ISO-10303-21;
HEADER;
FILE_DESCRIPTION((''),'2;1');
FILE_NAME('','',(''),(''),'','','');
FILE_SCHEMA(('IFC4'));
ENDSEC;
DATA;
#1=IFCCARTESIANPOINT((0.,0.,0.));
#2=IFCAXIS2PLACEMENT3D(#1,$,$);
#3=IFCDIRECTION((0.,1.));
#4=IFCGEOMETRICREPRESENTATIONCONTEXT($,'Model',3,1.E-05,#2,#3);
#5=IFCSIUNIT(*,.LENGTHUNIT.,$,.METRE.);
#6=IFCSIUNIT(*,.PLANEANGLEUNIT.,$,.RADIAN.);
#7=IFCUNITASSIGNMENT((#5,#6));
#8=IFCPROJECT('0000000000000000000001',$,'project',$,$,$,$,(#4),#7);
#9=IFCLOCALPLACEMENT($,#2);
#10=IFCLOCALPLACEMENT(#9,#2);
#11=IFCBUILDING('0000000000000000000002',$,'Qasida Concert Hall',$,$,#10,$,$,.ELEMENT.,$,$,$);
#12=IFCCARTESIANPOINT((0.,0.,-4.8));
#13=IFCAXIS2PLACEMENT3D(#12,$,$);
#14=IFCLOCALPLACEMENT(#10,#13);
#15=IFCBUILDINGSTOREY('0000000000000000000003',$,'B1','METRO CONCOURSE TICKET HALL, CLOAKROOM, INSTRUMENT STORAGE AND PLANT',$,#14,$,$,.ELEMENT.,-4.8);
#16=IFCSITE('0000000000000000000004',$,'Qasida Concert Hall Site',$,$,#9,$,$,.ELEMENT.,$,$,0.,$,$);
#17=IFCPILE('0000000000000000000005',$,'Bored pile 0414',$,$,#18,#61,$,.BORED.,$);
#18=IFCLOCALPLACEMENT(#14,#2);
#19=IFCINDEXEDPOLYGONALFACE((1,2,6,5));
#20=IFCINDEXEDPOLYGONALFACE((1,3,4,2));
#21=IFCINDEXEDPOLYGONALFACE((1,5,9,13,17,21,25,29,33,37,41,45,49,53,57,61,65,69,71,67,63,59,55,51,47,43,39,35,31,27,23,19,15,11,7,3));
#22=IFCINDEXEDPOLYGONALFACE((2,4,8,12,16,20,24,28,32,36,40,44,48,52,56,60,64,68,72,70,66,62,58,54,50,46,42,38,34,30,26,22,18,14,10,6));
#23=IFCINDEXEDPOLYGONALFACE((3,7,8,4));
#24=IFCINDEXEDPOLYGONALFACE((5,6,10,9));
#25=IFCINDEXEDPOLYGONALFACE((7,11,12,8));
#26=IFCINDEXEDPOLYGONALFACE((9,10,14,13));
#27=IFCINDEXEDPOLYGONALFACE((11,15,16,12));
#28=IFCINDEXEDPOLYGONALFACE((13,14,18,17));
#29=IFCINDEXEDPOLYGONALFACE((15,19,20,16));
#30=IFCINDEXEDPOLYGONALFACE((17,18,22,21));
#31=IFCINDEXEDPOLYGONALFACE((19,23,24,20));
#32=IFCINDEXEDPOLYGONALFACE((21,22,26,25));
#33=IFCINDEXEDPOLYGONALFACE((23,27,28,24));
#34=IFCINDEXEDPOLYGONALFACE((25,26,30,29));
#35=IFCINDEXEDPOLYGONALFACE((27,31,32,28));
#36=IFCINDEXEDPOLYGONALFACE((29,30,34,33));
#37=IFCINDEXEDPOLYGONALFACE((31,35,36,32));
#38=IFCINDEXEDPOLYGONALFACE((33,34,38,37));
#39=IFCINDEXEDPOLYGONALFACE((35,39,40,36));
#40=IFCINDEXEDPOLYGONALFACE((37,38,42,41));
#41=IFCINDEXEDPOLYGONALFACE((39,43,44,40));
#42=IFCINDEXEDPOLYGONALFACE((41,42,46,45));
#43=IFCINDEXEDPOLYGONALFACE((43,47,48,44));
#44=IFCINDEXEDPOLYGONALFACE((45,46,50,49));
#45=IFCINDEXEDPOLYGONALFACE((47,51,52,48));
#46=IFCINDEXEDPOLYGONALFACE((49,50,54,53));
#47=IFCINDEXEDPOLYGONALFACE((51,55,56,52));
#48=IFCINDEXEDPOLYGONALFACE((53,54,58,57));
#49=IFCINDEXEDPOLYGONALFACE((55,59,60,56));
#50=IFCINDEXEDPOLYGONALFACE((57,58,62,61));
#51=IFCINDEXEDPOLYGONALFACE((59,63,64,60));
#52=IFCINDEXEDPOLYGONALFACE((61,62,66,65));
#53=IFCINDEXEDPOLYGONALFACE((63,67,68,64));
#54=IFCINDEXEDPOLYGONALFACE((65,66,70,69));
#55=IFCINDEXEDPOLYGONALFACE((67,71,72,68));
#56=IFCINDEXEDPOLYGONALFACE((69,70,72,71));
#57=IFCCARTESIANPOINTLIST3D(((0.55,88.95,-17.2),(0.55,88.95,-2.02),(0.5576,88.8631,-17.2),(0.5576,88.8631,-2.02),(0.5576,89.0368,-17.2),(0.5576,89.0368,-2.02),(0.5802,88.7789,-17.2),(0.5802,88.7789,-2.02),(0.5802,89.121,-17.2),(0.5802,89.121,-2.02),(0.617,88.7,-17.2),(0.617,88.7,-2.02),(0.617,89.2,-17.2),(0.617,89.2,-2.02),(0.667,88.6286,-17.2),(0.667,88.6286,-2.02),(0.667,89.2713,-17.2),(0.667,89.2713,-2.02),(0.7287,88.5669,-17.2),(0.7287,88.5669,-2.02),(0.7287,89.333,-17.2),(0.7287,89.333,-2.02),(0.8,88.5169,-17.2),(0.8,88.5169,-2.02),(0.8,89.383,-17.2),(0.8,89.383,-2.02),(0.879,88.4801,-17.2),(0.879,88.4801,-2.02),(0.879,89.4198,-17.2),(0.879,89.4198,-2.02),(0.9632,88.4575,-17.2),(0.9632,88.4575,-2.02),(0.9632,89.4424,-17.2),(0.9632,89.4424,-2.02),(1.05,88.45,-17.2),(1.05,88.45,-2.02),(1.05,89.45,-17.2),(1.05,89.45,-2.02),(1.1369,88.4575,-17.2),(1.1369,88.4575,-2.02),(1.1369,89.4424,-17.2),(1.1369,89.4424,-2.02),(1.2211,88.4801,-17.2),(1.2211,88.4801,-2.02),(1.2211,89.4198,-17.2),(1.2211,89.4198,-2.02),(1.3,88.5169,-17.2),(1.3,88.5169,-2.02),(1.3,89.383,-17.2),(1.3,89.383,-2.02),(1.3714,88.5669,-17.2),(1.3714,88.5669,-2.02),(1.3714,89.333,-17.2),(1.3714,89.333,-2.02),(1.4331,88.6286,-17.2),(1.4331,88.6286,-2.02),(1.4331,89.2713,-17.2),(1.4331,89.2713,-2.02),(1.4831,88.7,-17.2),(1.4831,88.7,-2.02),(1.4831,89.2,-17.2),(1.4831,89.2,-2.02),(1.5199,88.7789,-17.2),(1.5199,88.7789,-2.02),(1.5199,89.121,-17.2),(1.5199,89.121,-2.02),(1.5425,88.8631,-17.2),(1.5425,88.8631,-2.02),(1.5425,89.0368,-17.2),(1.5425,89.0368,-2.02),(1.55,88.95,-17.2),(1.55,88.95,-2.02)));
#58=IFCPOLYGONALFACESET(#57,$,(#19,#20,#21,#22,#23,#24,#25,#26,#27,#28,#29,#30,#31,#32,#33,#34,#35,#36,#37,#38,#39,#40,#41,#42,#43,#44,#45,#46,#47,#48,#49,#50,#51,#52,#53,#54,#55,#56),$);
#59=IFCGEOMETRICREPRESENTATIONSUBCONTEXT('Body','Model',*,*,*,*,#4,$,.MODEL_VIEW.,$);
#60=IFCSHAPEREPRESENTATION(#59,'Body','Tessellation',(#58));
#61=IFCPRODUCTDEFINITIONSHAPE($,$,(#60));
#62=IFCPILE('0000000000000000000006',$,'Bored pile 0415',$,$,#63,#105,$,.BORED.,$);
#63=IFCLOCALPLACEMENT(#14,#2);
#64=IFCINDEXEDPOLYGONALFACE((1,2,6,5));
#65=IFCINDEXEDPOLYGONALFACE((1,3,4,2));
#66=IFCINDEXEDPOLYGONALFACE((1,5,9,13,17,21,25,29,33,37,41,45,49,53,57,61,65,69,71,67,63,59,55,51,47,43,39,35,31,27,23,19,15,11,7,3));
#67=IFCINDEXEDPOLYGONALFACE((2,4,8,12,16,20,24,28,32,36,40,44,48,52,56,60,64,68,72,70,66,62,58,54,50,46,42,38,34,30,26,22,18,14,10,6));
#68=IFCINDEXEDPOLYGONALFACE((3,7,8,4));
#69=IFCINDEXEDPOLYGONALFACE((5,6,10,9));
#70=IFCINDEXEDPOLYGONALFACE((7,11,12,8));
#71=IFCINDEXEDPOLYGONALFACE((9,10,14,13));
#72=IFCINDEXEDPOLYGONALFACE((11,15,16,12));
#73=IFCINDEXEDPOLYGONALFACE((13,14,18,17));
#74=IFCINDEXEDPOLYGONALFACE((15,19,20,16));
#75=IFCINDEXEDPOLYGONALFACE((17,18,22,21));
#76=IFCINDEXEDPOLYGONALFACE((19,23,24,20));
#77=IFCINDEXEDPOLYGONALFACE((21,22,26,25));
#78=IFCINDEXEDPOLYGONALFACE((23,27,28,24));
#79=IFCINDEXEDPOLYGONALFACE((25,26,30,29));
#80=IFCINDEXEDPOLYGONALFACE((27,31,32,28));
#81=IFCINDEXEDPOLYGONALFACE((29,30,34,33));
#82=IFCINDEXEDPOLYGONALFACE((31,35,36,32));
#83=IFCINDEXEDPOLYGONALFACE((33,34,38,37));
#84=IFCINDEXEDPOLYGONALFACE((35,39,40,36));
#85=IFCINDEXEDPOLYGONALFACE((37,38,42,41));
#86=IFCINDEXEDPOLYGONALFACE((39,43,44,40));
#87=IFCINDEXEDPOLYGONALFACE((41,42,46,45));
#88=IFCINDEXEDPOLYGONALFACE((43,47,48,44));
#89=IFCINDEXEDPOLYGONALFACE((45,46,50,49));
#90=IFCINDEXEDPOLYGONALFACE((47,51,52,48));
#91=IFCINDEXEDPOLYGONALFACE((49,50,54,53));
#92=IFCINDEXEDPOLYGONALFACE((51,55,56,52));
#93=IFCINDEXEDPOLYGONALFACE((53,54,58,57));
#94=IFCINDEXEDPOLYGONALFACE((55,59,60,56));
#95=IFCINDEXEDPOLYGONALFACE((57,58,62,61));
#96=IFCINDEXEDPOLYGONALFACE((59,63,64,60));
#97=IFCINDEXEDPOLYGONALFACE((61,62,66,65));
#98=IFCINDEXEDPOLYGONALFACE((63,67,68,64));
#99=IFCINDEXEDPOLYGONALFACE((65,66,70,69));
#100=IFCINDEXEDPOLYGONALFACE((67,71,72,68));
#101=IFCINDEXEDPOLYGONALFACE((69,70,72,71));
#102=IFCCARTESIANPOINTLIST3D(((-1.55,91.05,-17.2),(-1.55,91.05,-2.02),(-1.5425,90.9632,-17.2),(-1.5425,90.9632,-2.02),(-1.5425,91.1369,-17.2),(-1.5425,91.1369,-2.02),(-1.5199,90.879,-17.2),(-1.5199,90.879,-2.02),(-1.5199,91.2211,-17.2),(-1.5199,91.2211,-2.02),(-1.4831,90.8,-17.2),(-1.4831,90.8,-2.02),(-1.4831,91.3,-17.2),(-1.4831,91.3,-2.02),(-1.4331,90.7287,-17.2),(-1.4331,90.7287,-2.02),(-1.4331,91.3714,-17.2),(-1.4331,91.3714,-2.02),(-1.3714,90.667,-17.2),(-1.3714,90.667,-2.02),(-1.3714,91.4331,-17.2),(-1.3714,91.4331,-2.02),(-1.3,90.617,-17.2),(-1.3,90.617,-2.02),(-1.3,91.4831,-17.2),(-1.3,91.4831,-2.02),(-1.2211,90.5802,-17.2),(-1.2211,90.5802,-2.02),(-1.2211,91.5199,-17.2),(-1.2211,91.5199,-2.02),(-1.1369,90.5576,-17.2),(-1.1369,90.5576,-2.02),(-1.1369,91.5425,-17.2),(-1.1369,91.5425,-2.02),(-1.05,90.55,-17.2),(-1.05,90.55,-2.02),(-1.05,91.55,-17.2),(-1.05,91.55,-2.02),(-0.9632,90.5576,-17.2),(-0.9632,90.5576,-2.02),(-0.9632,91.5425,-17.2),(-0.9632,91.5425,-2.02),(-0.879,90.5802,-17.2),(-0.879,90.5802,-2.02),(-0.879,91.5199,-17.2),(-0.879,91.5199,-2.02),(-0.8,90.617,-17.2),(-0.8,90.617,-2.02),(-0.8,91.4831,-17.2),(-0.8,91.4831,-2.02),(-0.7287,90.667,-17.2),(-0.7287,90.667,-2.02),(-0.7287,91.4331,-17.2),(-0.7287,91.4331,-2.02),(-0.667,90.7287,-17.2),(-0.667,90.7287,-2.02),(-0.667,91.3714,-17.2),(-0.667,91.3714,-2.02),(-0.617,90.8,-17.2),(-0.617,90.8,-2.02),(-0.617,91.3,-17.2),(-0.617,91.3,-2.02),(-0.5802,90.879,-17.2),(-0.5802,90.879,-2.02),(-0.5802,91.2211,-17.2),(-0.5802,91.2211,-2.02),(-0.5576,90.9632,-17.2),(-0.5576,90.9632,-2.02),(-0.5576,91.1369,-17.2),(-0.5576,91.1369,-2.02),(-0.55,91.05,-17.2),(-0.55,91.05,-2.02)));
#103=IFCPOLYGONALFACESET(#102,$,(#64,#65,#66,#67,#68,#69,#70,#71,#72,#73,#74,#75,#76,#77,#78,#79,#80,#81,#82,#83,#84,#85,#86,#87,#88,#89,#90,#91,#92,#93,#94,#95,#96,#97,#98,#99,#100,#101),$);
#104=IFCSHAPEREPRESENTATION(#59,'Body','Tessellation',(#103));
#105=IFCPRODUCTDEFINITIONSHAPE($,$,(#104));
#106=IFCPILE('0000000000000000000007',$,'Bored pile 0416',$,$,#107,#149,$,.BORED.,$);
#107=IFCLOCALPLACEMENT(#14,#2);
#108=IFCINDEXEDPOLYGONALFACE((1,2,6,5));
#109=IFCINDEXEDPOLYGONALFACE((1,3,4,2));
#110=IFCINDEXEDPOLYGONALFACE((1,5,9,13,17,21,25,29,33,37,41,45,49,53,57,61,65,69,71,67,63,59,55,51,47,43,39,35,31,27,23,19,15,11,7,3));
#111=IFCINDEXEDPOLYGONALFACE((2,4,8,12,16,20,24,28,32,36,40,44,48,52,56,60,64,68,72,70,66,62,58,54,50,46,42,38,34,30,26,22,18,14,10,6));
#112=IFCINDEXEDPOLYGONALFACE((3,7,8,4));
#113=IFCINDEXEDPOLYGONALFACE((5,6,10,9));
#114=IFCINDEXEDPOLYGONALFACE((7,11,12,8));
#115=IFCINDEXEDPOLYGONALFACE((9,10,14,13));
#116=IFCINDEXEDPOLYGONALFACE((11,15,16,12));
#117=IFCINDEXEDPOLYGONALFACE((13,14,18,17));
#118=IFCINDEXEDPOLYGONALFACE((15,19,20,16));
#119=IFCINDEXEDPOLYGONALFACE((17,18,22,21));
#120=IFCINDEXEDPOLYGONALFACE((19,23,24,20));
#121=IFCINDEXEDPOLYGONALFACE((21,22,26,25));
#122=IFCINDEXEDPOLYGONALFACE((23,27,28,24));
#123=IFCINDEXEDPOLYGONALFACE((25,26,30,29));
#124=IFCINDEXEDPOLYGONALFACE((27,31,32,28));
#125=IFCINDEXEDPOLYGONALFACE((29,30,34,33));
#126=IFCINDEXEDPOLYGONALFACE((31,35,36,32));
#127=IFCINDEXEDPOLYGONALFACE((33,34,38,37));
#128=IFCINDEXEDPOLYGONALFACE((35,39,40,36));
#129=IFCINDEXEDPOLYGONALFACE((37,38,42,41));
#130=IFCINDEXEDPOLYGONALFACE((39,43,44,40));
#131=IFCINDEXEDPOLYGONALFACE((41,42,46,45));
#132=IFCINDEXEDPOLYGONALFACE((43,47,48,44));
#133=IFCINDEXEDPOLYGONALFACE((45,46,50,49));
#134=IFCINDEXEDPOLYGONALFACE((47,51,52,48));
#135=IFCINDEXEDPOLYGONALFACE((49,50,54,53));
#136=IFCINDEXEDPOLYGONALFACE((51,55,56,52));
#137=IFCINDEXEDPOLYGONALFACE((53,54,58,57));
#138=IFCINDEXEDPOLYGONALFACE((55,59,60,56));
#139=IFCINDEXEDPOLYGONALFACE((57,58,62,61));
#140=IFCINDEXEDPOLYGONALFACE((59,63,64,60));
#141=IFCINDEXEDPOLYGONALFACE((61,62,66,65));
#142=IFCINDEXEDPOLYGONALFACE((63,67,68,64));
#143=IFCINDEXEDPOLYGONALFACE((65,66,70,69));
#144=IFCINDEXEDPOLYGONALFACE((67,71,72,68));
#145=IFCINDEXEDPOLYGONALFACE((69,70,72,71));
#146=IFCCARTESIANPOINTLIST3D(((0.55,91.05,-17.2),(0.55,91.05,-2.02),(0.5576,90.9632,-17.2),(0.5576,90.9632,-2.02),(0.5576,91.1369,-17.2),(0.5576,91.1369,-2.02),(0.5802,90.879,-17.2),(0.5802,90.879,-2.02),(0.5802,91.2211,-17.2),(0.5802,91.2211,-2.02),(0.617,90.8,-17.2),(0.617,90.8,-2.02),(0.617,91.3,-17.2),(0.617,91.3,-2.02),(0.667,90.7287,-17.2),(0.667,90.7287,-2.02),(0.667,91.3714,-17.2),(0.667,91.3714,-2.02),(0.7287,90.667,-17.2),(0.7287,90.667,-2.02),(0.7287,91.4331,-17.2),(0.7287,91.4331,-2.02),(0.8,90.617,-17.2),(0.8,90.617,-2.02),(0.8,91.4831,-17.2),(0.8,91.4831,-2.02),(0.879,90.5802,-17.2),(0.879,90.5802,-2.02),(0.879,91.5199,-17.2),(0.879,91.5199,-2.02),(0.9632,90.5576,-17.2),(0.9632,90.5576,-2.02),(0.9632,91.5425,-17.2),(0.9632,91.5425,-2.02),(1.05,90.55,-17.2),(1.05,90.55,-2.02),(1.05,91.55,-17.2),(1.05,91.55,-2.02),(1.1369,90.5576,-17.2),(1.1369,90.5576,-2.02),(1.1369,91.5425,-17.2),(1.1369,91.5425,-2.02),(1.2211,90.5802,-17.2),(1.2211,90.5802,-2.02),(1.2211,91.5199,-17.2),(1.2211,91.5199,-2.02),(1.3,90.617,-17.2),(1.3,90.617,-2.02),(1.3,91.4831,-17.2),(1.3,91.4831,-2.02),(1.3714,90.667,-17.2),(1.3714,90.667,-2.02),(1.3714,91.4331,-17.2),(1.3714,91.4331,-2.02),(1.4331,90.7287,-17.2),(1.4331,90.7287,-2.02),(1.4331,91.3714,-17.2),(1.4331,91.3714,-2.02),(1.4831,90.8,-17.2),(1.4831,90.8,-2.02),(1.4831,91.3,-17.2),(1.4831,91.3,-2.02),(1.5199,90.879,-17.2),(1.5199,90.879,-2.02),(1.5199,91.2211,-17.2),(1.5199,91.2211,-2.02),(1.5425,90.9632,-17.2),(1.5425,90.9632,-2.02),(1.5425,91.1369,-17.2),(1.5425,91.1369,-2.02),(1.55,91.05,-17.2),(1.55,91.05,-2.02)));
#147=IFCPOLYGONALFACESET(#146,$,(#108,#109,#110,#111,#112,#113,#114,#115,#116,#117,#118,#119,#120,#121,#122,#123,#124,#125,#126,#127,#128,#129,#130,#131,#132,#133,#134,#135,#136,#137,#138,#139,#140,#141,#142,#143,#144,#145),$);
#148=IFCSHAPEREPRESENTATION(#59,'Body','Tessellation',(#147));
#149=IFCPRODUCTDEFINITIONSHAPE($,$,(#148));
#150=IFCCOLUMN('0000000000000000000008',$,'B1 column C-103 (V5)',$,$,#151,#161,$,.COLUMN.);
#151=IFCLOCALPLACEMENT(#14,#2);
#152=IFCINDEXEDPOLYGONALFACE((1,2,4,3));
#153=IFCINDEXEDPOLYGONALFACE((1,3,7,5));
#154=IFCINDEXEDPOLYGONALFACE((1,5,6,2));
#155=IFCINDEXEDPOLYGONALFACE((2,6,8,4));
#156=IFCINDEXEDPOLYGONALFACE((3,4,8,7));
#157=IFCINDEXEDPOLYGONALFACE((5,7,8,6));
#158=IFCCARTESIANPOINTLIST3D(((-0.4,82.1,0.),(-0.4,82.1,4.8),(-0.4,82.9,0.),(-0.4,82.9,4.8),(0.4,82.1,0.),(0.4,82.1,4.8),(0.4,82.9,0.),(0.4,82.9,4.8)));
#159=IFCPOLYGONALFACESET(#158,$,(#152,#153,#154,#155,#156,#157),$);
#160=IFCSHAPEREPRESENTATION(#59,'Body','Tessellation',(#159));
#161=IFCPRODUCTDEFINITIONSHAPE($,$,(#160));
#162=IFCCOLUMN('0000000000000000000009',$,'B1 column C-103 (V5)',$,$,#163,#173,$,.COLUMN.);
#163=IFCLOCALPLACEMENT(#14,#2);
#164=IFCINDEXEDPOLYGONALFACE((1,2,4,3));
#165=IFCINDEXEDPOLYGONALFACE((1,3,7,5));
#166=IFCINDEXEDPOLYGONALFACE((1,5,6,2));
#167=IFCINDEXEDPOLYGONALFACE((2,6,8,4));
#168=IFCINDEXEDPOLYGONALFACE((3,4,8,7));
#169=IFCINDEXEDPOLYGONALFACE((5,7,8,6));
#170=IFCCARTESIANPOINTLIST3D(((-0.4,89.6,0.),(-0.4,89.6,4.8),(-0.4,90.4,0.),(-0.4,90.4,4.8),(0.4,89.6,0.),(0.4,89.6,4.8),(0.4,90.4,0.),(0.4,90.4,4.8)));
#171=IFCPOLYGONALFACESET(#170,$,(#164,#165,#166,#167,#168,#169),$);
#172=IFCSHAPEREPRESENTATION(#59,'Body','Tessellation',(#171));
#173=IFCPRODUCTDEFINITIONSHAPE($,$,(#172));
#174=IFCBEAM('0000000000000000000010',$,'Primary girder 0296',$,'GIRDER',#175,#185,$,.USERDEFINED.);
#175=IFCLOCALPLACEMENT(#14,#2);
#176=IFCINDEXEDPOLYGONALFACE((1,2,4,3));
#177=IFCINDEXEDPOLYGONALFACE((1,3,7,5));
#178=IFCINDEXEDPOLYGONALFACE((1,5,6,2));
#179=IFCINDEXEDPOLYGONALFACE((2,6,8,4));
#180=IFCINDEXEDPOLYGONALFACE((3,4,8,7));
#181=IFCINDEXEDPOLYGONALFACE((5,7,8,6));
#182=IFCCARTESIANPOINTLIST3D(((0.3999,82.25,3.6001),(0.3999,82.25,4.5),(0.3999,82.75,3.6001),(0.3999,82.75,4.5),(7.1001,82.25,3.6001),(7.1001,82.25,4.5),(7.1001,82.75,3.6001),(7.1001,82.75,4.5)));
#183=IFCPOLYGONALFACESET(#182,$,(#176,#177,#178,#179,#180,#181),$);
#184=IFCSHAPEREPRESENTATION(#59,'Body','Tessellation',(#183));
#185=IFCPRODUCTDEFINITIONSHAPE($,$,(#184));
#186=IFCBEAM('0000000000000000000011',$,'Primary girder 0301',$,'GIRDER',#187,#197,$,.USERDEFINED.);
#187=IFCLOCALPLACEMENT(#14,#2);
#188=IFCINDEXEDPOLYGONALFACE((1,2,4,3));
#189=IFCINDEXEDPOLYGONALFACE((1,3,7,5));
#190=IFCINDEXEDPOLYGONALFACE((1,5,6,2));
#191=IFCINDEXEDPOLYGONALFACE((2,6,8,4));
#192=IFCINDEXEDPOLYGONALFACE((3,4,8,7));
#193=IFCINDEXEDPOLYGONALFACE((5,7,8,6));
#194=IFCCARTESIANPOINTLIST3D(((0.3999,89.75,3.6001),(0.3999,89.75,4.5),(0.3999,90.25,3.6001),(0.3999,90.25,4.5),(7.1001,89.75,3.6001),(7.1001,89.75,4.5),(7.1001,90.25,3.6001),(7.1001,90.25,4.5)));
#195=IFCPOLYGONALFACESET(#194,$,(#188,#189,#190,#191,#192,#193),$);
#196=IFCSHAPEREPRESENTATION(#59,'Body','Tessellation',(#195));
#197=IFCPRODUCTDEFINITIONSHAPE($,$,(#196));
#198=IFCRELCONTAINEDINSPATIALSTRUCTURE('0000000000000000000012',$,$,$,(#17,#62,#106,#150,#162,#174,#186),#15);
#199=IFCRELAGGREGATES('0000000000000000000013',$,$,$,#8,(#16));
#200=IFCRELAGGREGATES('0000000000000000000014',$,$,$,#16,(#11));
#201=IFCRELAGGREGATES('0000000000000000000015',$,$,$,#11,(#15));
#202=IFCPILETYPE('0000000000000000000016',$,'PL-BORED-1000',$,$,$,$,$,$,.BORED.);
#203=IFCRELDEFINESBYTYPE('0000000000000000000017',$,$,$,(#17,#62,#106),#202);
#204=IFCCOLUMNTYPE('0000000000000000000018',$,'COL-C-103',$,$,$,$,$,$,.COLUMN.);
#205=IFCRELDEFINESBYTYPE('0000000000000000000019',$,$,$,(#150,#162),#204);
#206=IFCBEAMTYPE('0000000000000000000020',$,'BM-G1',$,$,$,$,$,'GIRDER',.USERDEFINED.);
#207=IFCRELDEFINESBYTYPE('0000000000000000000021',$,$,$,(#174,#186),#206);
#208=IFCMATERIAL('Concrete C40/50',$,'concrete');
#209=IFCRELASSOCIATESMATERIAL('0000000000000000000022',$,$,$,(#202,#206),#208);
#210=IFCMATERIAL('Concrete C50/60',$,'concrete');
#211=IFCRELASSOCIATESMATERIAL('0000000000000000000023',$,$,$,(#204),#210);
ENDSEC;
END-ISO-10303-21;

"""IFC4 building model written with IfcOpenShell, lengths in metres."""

from ifc_helpers import new_model, si_unit, direction, frame, origin, origin_2d, place, context, subcontext, project, spatial, rectangle, circle, extrude, material, material_profile, profile_set, type_object, element, save


model = new_model("IFC4")

# Units and contexts
model_context = context("Model", 3, precision=1e-05, world=origin(), true_north=direction((0.0, 1.0)))
body_context = subcontext(model_context, "Body", "Model", "MODEL_VIEW")
ifc_project = project(units=[si_unit("LENGTHUNIT", "METRE"), si_unit("PLANEANGLEUNIT", "RADIAN")], contexts=[model_context])

# Site, building, storey
site_placement = place(None, origin())
site = spatial("IfcSite", under=ifc_project, at=site_placement, Name="Qasida Concert Hall Site", CompositionType="ELEMENT", RefElevation=0.0)
building_placement = place(site_placement, origin())
building = spatial("IfcBuilding", under=site, at=building_placement, Name="Qasida Concert Hall", CompositionType="ELEMENT")
storey_placement = place(building_placement, frame((0.0, 0.0, -4.8)))
storey = spatial("IfcBuildingStorey", under=building, at=storey_placement, Name="B1", Description="METRO CONCOURSE TICKET HALL, CLOAKROOM, INSTRUMENT STORAGE AND PLANT", CompositionType="ELEMENT", Elevation=-4.8)

# Shared definitions
ifc_material_1 = material(Name="Concrete C40/50", Category="concrete")

# Piles
ifc_material_profile_1 = material_profile(ifc_material_1, circle(Radius=0.5, at=origin_2d()), Name="BORED PILE D1000")
ifc_profile_set_1 = profile_set([ifc_material_profile_1], Name="Concrete C40/50")
pile_type = type_object("IfcPileType", Name="PL-BORED-1000", PredefinedType="BORED", material=ifc_profile_set_1)
for number, where, z_axis, x_axis, name in (
    (1, (1.05, 88.95, -2.02), (0.0, 0.0, -1.0), (1.0, 0.0, 0.0), "Bored pile 0414"),
    (2, (-1.05, 91.05, -2.02), (0.0, 0.0, -1.0), (1.0, 0.0, 0.0), "Bored pile 0415"),
    (3, (1.05, 91.05, -2.02), (0.0, 0.0, -1.0), (1.0, 0.0, 0.0), "Bored pile 0416"),
):
    element("IfcPile", number, at=place(storey_placement, frame(where, z_axis=z_axis, x_axis=x_axis)), inside=storey, type_object=pile_type, Name=name, PredefinedType="BORED", context=body_context, shape_type="SweptSolid", body=[
        extrude(circle(Radius=0.5, at=origin_2d()), origin(), (0.0, 0.0, 1.0), 15.1799),
    ])

# Columns
ifc_material_2 = material(Name="Concrete C50/60", Category="concrete")
ifc_material_profile_2 = material_profile(ifc_material_2, rectangle(XDim=0.8, YDim=0.8, at=origin_2d()), Name="RC 800x800")
ifc_profile_set_2 = profile_set([ifc_material_profile_2], Name="Concrete C50/60")
column_type = type_object("IfcColumnType", Name="COL-C-103", PredefinedType="COLUMN", material=ifc_profile_set_2)
for number, where, z_axis, x_axis, name in (
    (4, (0.0, 82.5, 0.0), (0.0, 0.0, 1.0), (1.0, 0.0, 0.0), "B1 column C-103 (V5)"),
    (5, (0.0, 90.0, 0.0), (0.0, 0.0, 1.0), (1.0, 0.0, 0.0), "B1 column C-103 (V5)"),
):
    element("IfcColumn", number, at=place(storey_placement, frame(where, z_axis=z_axis, x_axis=x_axis)), inside=storey, type_object=column_type, Name=name, PredefinedType="COLUMN", context=body_context, shape_type="SweptSolid", body=[
        extrude(rectangle(XDim=0.8, YDim=0.8, at=origin_2d()), origin(), (0.0, 0.0, 1.0), 4.8),
    ])

# Beams
ifc_material_profile_3 = material_profile(ifc_material_1, rectangle(XDim=0.5, YDim=0.8999, at=origin_2d()), Name="RC 500x900")
ifc_profile_set_3 = profile_set([ifc_material_profile_3], Name="Concrete C40/50")
beam_type_1 = type_object("IfcBeamType", Name="BM-G1", ElementType="GIRDER", PredefinedType="USERDEFINED", material=ifc_profile_set_3)
for number, where, z_axis, x_axis, name in (
    (6, (0.3999, 82.5, 4.05), (1.0, 0.0, 0.0), (0.0, 1.0, 0.0), "Primary girder 0296"),
    (7, (0.3999, 90.0, 4.05), (1.0, 0.0, 0.0), (0.0, 1.0, 0.0), "Primary girder 0301"),
):
    element("IfcBeam", number, at=place(storey_placement, frame(where, z_axis=z_axis, x_axis=x_axis)), inside=storey, type_object=beam_type_1, Name=name, ObjectType="GIRDER", PredefinedType="USERDEFINED", context=body_context, shape_type="SweptSolid", body=[
        extrude(rectangle(XDim=0.5, YDim=0.8999, at=origin_2d()), origin(), (0.0, 0.0, 1.0), 6.7002),
    ])

save(model, "model.ifc")
